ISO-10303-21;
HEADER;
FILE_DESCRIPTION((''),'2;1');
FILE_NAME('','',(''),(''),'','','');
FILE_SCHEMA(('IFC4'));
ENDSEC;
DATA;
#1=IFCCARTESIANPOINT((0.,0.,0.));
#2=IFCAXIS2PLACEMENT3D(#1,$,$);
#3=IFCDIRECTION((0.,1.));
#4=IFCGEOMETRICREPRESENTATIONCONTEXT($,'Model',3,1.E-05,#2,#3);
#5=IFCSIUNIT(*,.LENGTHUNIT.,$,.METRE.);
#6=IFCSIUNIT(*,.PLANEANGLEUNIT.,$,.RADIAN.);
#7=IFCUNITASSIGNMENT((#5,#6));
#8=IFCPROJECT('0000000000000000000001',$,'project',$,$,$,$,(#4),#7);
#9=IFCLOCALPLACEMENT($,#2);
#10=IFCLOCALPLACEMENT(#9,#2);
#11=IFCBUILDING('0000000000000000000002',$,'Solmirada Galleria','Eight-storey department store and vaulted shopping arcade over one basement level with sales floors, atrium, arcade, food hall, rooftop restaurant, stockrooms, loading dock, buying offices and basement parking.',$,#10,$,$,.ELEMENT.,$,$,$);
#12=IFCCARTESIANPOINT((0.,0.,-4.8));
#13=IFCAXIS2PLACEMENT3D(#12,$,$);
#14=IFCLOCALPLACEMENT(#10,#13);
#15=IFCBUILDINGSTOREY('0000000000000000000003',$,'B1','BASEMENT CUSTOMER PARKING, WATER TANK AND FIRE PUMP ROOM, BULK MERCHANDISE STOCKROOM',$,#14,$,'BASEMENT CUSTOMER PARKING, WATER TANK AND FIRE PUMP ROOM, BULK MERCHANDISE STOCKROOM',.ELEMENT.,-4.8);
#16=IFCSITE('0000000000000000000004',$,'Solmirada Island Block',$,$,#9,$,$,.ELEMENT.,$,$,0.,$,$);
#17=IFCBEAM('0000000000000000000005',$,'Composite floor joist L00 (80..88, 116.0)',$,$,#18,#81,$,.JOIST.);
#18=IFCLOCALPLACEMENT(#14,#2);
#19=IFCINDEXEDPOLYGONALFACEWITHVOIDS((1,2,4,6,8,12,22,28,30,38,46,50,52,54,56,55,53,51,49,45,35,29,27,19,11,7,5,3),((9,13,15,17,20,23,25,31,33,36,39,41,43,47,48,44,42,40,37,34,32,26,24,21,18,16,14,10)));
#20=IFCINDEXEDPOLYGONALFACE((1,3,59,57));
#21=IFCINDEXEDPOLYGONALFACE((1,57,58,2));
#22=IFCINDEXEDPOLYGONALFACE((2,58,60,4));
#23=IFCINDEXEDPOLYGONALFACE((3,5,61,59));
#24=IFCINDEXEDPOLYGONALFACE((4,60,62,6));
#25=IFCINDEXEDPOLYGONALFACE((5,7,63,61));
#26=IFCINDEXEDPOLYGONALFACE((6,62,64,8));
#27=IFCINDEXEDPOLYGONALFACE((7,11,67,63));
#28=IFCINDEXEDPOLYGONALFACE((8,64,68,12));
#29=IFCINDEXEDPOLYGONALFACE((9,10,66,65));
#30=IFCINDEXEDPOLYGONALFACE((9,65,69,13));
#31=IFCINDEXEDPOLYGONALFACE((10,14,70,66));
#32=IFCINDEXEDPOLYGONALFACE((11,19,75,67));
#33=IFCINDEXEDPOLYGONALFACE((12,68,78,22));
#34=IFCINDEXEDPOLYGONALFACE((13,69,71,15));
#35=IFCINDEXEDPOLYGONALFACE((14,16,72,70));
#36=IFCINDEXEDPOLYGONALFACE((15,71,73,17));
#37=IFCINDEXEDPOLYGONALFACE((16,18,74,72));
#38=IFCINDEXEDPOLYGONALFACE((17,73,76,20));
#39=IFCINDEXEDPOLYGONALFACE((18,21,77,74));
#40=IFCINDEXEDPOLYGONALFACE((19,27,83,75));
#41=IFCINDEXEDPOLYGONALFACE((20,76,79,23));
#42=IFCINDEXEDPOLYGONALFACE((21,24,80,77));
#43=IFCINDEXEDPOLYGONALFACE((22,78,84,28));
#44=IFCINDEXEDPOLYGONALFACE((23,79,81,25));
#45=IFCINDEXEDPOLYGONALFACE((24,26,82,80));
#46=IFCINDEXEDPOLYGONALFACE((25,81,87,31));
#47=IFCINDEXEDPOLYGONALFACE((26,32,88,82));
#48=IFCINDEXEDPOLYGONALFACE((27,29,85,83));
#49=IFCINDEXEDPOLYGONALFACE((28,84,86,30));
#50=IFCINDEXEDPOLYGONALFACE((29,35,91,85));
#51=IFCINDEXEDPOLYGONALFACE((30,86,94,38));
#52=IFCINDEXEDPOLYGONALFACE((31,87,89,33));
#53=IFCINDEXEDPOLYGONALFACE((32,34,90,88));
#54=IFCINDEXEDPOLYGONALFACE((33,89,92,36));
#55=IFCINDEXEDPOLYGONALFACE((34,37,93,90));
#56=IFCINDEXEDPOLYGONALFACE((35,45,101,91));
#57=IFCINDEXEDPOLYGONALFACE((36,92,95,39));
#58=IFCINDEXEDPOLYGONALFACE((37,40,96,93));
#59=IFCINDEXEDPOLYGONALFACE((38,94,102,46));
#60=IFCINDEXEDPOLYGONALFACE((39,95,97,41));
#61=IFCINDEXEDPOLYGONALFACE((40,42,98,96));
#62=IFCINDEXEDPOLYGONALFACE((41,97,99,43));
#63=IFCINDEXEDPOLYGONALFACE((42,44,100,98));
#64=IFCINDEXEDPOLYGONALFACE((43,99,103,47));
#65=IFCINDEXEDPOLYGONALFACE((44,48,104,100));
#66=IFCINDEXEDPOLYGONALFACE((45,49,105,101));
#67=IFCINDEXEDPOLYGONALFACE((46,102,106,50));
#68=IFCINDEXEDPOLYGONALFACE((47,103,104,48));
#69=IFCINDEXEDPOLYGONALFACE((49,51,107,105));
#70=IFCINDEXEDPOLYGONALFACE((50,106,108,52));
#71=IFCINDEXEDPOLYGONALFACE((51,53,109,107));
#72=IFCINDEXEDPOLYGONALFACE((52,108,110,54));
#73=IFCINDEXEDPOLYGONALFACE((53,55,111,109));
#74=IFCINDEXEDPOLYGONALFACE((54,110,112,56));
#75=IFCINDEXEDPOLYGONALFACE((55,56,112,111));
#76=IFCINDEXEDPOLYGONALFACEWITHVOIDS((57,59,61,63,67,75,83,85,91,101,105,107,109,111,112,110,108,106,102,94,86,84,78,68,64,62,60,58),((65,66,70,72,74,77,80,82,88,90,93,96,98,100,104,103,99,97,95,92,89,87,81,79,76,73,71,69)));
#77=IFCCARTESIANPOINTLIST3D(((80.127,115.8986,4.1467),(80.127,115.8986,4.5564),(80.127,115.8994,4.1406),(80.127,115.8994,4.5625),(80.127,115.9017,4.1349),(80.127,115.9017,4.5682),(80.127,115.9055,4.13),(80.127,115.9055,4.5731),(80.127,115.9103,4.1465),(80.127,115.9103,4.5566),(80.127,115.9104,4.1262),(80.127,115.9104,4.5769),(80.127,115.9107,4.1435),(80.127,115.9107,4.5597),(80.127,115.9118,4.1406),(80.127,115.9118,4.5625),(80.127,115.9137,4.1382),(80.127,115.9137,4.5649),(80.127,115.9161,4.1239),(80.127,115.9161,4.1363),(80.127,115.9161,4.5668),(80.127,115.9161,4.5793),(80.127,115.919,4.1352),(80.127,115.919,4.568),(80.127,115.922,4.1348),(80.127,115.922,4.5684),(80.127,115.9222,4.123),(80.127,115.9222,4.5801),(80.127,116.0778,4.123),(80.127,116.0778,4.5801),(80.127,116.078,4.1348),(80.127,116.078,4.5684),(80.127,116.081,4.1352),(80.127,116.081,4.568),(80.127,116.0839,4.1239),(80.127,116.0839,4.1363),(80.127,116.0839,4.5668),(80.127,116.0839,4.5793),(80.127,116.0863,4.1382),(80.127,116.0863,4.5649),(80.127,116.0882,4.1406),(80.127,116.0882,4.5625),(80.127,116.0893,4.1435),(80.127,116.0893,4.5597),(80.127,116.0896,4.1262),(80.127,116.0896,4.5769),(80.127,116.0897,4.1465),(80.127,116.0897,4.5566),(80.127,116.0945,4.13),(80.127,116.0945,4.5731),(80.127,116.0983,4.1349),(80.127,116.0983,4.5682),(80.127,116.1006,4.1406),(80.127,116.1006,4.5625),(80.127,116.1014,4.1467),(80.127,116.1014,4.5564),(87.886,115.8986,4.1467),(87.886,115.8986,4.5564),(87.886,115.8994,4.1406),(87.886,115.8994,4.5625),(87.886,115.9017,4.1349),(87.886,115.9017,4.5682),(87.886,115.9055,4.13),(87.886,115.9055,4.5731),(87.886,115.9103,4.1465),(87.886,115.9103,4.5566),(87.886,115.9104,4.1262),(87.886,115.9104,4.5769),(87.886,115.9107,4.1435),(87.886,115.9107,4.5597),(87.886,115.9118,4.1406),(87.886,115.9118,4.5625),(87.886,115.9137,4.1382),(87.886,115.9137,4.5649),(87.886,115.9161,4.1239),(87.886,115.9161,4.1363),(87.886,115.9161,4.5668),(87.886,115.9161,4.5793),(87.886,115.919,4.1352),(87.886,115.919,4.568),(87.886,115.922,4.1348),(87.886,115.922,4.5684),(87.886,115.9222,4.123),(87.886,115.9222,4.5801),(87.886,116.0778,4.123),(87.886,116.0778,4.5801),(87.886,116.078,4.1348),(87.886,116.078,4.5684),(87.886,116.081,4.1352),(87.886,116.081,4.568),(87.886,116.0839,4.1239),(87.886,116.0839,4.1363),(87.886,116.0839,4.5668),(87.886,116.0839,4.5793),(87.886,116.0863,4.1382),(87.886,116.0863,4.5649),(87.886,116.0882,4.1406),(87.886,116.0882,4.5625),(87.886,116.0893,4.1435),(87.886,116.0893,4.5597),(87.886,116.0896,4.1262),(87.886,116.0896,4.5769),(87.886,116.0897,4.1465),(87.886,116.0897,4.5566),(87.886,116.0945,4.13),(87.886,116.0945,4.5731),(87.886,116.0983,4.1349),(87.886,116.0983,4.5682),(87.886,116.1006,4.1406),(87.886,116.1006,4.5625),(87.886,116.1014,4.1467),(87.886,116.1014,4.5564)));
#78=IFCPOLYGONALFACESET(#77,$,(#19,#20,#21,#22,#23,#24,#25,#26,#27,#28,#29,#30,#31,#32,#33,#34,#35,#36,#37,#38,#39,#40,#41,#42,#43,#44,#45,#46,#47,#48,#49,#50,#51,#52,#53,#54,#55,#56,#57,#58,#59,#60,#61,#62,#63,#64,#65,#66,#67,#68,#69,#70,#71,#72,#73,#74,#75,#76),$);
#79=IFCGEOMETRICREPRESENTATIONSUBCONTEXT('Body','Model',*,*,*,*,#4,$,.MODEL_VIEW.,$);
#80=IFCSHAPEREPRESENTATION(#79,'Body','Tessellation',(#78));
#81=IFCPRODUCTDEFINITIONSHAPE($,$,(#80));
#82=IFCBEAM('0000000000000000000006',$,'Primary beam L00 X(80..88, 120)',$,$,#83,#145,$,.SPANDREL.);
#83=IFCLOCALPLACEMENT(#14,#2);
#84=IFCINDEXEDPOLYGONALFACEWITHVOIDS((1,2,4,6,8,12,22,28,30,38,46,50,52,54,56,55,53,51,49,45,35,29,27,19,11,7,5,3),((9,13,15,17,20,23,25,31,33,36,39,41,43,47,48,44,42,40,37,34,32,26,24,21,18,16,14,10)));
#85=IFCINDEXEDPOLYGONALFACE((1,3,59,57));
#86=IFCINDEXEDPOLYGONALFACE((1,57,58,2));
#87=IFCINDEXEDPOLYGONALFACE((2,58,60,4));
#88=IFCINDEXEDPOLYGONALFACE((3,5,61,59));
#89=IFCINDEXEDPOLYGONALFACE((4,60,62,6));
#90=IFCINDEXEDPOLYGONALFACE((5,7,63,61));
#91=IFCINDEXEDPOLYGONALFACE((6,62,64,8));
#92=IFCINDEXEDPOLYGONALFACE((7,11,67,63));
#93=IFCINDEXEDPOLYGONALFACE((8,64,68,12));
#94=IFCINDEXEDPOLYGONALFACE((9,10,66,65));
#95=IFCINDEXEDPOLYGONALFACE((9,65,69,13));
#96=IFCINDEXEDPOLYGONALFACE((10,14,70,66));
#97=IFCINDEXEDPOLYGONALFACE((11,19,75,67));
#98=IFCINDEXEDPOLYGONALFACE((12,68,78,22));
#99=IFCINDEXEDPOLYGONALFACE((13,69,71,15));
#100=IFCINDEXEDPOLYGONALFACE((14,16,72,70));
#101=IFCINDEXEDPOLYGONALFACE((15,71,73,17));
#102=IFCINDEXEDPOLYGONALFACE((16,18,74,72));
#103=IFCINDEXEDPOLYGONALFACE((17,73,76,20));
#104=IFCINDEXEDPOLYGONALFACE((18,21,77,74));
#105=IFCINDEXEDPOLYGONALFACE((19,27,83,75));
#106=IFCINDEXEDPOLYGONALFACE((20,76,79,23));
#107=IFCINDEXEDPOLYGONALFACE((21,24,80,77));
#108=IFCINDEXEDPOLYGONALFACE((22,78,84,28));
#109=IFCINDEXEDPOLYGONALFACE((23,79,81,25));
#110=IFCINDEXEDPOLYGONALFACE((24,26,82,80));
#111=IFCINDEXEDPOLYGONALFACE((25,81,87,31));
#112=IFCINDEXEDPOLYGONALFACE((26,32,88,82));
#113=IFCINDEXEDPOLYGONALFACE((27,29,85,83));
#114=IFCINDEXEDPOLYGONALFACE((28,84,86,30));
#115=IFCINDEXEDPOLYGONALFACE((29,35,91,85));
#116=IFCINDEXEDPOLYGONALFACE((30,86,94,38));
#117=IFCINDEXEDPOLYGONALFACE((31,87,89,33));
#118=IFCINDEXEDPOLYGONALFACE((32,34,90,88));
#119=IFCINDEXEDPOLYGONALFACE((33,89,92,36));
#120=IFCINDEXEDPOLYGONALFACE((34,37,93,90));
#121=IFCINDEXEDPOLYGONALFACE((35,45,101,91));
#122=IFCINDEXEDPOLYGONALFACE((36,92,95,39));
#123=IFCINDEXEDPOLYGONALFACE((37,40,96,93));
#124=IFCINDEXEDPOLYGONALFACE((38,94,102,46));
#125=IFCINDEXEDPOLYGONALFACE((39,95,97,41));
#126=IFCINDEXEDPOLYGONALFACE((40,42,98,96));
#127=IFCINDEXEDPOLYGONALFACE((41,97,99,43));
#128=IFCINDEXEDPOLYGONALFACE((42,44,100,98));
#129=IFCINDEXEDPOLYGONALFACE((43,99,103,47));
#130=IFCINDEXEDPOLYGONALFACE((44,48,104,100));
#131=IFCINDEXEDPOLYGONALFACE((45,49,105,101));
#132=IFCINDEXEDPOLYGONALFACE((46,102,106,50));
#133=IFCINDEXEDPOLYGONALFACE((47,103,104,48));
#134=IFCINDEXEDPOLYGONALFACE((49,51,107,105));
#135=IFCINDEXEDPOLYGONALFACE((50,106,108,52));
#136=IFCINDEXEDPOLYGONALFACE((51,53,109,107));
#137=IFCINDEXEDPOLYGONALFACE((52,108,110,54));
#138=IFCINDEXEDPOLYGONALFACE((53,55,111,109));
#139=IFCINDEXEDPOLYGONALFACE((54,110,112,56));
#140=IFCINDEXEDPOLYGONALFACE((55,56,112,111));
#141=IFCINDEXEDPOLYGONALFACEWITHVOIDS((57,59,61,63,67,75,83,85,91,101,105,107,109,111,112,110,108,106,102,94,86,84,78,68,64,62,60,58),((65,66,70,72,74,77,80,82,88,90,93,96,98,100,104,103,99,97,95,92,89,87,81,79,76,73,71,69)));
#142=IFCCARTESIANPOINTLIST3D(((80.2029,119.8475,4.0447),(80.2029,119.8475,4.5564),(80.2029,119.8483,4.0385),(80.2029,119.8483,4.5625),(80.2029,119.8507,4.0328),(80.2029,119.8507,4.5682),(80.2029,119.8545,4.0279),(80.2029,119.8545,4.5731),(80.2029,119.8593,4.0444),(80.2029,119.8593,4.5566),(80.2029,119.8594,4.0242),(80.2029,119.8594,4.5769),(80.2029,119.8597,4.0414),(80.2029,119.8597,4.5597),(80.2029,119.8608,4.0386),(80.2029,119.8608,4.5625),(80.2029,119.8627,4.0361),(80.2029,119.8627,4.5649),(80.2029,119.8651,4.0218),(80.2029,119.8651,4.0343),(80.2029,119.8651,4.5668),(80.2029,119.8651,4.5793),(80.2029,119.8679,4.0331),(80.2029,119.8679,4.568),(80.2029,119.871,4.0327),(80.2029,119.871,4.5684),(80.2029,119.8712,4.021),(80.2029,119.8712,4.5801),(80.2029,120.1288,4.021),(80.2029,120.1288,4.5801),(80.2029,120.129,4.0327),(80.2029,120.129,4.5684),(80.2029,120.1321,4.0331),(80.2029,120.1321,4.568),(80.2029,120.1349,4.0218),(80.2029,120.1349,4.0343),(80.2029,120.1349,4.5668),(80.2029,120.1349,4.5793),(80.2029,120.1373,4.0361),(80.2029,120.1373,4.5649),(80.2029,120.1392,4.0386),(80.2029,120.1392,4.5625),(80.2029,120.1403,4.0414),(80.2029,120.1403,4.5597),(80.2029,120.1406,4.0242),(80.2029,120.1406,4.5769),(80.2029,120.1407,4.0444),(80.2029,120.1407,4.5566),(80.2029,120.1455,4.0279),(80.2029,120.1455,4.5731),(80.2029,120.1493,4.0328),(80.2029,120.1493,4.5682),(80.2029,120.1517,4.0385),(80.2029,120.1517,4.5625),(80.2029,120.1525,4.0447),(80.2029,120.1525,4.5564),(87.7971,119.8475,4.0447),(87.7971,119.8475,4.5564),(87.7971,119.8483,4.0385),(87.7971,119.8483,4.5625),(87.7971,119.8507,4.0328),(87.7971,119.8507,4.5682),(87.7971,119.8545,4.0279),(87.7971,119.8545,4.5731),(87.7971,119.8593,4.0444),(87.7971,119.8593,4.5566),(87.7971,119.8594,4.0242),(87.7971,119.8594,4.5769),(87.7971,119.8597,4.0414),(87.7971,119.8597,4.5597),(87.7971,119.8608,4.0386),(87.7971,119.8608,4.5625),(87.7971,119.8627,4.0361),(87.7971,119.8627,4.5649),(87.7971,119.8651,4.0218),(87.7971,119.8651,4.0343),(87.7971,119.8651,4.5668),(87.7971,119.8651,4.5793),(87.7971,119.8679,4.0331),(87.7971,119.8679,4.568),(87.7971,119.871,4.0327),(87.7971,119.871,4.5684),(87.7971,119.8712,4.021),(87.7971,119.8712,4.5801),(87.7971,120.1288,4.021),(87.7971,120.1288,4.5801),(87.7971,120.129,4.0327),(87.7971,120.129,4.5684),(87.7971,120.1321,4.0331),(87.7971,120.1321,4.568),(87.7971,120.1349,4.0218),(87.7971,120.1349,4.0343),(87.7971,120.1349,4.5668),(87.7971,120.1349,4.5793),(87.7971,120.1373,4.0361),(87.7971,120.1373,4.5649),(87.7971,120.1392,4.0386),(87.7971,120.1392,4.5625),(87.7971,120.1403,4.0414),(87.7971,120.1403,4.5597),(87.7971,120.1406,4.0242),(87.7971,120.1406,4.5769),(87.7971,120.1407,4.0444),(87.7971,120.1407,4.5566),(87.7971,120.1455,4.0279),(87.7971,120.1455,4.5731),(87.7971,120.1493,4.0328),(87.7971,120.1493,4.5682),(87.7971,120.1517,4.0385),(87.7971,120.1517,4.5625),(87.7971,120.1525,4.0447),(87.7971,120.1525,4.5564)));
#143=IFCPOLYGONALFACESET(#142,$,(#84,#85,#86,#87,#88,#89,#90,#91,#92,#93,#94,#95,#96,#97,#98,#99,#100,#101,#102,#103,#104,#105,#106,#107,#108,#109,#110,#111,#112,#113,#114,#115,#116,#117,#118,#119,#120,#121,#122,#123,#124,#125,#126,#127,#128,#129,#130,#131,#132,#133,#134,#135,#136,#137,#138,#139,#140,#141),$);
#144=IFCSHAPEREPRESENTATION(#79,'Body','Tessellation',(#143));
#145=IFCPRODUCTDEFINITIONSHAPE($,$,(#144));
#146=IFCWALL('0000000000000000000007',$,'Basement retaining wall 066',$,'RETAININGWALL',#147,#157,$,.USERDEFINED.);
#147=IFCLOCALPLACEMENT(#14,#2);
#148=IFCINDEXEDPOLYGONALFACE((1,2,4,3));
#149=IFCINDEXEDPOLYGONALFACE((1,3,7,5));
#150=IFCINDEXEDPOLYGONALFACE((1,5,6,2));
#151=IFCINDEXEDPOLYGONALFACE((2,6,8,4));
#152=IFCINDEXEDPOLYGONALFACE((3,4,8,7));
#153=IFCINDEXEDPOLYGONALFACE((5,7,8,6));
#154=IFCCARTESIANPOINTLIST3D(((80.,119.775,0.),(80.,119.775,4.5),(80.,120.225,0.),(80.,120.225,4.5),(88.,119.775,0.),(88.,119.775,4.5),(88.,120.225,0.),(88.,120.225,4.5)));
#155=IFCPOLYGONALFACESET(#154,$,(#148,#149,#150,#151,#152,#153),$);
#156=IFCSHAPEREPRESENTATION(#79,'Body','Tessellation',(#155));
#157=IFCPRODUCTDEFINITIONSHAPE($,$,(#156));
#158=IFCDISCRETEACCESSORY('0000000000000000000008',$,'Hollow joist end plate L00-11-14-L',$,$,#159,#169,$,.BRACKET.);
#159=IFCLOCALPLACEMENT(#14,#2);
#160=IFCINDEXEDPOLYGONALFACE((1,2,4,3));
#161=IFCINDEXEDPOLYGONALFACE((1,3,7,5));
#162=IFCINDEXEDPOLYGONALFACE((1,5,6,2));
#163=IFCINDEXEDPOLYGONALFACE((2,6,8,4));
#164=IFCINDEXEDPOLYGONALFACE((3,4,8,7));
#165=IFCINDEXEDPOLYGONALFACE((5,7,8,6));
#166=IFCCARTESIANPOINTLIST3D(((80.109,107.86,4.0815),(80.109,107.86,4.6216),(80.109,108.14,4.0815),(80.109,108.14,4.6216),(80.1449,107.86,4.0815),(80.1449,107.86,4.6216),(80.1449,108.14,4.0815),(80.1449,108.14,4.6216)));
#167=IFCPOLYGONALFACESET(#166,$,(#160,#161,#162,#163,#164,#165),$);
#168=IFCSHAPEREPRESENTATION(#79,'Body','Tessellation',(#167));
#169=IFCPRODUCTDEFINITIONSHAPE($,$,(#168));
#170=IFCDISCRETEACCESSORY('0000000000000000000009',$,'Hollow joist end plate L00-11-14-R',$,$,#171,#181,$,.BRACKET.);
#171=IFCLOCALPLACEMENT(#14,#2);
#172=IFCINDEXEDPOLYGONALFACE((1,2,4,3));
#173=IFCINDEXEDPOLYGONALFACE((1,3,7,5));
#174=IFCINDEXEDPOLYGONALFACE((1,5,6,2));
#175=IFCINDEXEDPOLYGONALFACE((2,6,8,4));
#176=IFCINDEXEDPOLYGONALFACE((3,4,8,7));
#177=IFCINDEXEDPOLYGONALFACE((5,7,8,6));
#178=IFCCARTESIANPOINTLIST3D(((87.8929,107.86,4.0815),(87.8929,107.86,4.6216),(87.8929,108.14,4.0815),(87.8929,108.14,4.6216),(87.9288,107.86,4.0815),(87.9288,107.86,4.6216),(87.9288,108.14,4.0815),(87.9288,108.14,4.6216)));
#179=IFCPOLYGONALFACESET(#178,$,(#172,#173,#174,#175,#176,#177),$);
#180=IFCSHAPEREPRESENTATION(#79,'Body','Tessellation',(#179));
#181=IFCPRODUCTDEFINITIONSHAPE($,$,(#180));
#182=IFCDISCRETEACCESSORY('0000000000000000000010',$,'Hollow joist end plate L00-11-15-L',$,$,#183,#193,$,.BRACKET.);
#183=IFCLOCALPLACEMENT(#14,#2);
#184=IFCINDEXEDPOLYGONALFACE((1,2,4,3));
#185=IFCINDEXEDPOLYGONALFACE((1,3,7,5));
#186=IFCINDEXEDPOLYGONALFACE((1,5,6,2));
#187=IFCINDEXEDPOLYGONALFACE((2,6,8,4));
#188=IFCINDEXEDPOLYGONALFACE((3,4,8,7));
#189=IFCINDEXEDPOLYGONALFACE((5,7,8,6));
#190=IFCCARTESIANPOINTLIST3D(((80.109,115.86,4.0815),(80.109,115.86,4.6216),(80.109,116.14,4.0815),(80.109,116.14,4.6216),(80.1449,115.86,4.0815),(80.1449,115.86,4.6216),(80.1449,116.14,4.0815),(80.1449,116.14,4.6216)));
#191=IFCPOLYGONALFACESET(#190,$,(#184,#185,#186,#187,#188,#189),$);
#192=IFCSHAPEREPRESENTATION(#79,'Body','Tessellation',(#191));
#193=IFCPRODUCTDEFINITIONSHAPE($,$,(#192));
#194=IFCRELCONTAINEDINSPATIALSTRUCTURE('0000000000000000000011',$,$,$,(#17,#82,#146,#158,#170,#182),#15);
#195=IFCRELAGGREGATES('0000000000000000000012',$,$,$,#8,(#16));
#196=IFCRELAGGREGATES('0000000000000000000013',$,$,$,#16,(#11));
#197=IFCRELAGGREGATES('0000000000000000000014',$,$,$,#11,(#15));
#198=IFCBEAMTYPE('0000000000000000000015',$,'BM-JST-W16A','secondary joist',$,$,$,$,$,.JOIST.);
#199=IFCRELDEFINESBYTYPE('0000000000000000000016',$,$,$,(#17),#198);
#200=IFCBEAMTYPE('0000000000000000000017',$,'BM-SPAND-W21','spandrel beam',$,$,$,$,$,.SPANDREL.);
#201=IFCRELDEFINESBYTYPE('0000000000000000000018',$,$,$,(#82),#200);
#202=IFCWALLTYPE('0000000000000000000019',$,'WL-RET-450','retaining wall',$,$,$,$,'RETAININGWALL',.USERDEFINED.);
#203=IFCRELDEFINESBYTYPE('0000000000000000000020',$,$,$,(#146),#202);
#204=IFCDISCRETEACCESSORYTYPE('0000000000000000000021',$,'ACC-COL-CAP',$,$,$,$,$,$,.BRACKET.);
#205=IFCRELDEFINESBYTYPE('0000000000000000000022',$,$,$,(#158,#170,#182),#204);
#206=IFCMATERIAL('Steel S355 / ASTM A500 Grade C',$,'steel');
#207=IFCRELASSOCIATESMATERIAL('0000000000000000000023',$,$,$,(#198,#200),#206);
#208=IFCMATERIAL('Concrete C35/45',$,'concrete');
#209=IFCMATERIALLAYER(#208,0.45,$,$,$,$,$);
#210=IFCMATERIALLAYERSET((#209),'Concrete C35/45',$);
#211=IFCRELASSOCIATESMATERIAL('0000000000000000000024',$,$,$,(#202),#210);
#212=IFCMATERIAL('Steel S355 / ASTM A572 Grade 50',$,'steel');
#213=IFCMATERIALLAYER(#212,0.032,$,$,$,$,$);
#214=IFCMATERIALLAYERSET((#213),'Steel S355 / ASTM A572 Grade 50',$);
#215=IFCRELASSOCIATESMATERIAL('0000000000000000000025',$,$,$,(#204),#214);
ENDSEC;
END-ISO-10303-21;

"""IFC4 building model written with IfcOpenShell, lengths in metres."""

from ifc_helpers import new_model, si_unit, direction, frame, frame_2d, origin, origin_2d, place, context, subcontext, project, spatial, rectangle, hollow_rectangle, extrude, material, layer, layer_set, material_profile, profile_set, type_object, element, save


model = new_model("IFC4")

# Units and contexts
model_context = context("Model", 3, precision=1e-05, world=origin(), true_north=direction((0.0, 1.0)))
body_context = subcontext(model_context, "Body", "Model", "MODEL_VIEW")
ifc_project = project(units=[si_unit("LENGTHUNIT", "METRE"), si_unit("PLANEANGLEUNIT", "RADIAN")], contexts=[model_context])

# Site, building, storey
site_placement = place(None, origin())
site = spatial("IfcSite", under=ifc_project, at=site_placement, Name="Solmirada Island Block", CompositionType="ELEMENT", RefElevation=0.0)
building_placement = place(site_placement, origin())
building = spatial("IfcBuilding", under=site, at=building_placement, Name="Solmirada Galleria", Description="Eight-storey department store and vaulted shopping arcade over one basement level with sales floors, atrium, arcade, food hall, rooftop restaurant, stockrooms, loading dock, buying offices and basement parking.", CompositionType="ELEMENT")
storey_placement = place(building_placement, frame((0.0, 0.0, -4.8)))
storey = spatial("IfcBuildingStorey", under=building, at=storey_placement, Name="B1", Description="BASEMENT CUSTOMER PARKING, WATER TANK AND FIRE PUMP ROOM, BULK MERCHANDISE STOCKROOM", LongName="BASEMENT CUSTOMER PARKING, WATER TANK AND FIRE PUMP ROOM, BULK MERCHANDISE STOCKROOM", CompositionType="ELEMENT", Elevation=-4.8)

# Shared definitions
ifc_material_1 = material(Name="Concrete C35/45", Category="concrete")

# Shared definitions
ifc_material_2 = material(Name="Steel S355 / ASTM A500 Grade C", Category="steel")

# Beams
ifc_material_profile_1 = material_profile(ifc_material_2, hollow_rectangle(XDim=0.2029, YDim=0.457, WallThickness=0.0117, InnerFilletRadius=0.0117, OuterFilletRadius=0.0237, at=origin_2d()), Name="HSS18X8X1/2")
ifc_profile_set_1 = profile_set([ifc_material_profile_1], Name="Steel S355 / ASTM A500 Grade C")
beam_type_1 = type_object("IfcBeamType", Name="BM-JST-W16A", Description="secondary joist", PredefinedType="JOIST", material=ifc_profile_set_1)
beam_1_placement = place(storey_placement, frame((80.127, 116.0, 4.3516), z_axis=(1.0, 0.0, 0.0), x_axis=(0.0, 1.0, 0.0)))
element("IfcBeam", 1, at=beam_1_placement, inside=storey, type_object=beam_type_1, Name="Composite floor joist L00 (80..88, 116.0)", PredefinedType="JOIST", context=body_context, shape_type="SweptSolid", body=[
    extrude(hollow_rectangle(XDim=0.2029, YDim=0.457, WallThickness=0.0117, InnerFilletRadius=0.0117, OuterFilletRadius=0.0237, at=origin_2d()), origin(), (0.0, 0.0, 1.0), 7.759),
])
ifc_material_profile_2 = material_profile(ifc_material_2, hollow_rectangle(XDim=0.3049, YDim=0.5591, WallThickness=0.0117, InnerFilletRadius=0.0117, OuterFilletRadius=0.0237, at=origin_2d()), Name="HSS22X12X1/2")
ifc_profile_set_2 = profile_set([ifc_material_profile_2], Name="Steel S355 / ASTM A500 Grade C")
beam_type_2 = type_object("IfcBeamType", Name="BM-SPAND-W21", Description="spandrel beam", PredefinedType="SPANDREL", material=ifc_profile_set_2)
beam_2_placement = place(storey_placement, frame((80.2029, 120.0, 4.3005), z_axis=(1.0, 0.0, 0.0), x_axis=(0.0, 1.0, 0.0)))
element("IfcBeam", 2, at=beam_2_placement, inside=storey, type_object=beam_type_2, Name="Primary beam L00 X(80..88, 120)", PredefinedType="SPANDREL", context=body_context, shape_type="SweptSolid", body=[
    extrude(hollow_rectangle(XDim=0.3049, YDim=0.5591, WallThickness=0.0117, InnerFilletRadius=0.0117, OuterFilletRadius=0.0237, at=origin_2d()), origin(), (0.0, 0.0, 1.0), 7.5942),
])

# Wall
ifc_layer_1 = layer(ifc_material_1, 0.45)
ifc_layer_set_1 = layer_set([ifc_layer_1], Name="Concrete C35/45")
wall_type = type_object("IfcWallType", Name="WL-RET-450", Description="retaining wall", ElementType="RETAININGWALL", PredefinedType="USERDEFINED", material=ifc_layer_set_1)
wall_placement = place(storey_placement, frame((80.0, 120.0, 0.0), z_axis=(0.0, 0.0, 1.0), x_axis=(1.0, 0.0, 0.0)))
element("IfcWall", 3, at=wall_placement, inside=storey, type_object=wall_type, Name="Basement retaining wall 066", ObjectType="RETAININGWALL", PredefinedType="USERDEFINED", context=body_context, shape_type="SweptSolid", body=[
    extrude(rectangle(XDim=8.0, YDim=0.45, at=frame_2d((4.0, 0.0))), origin(), (0.0, 0.0, 1.0), 4.5),
])

# Discrete accessories
ifc_material_3 = material(Name="Steel S355 / ASTM A572 Grade 50", Category="steel")
ifc_layer_2 = layer(ifc_material_3, 0.032)
ifc_layer_set_2 = layer_set([ifc_layer_2], Name="Steel S355 / ASTM A572 Grade 50")
discrete_accessory_type = type_object("IfcDiscreteAccessoryType", Name="ACC-COL-CAP", PredefinedType="BRACKET", material=ifc_layer_set_2)
for number, where, z_axis, x_axis, name in (
    (4, (80.127, 108.0, 4.0815), (0.0, 0.0, 1.0), (1.0, 0.0, 0.0), "Hollow joist end plate L00-11-14-L"),
    (5, (87.9109, 108.0, 4.0815), (0.0, 0.0, 1.0), (1.0, 0.0, 0.0), "Hollow joist end plate L00-11-14-R"),
    (6, (80.127, 116.0, 4.0815), (0.0, 0.0, 1.0), (1.0, 0.0, 0.0), "Hollow joist end plate L00-11-15-L"),
):
    element("IfcDiscreteAccessory", number, at=place(storey_placement, frame(where, z_axis=z_axis, x_axis=x_axis)), inside=storey, type_object=discrete_accessory_type, Name=name, PredefinedType="BRACKET", context=body_context, shape_type="SweptSolid", body=[
        extrude(rectangle(XDim=0.0359, YDim=0.28, at=origin_2d()), origin(), (0.0, 0.0, 1.0), 0.54),
    ])

save(model, "model.ifc")
